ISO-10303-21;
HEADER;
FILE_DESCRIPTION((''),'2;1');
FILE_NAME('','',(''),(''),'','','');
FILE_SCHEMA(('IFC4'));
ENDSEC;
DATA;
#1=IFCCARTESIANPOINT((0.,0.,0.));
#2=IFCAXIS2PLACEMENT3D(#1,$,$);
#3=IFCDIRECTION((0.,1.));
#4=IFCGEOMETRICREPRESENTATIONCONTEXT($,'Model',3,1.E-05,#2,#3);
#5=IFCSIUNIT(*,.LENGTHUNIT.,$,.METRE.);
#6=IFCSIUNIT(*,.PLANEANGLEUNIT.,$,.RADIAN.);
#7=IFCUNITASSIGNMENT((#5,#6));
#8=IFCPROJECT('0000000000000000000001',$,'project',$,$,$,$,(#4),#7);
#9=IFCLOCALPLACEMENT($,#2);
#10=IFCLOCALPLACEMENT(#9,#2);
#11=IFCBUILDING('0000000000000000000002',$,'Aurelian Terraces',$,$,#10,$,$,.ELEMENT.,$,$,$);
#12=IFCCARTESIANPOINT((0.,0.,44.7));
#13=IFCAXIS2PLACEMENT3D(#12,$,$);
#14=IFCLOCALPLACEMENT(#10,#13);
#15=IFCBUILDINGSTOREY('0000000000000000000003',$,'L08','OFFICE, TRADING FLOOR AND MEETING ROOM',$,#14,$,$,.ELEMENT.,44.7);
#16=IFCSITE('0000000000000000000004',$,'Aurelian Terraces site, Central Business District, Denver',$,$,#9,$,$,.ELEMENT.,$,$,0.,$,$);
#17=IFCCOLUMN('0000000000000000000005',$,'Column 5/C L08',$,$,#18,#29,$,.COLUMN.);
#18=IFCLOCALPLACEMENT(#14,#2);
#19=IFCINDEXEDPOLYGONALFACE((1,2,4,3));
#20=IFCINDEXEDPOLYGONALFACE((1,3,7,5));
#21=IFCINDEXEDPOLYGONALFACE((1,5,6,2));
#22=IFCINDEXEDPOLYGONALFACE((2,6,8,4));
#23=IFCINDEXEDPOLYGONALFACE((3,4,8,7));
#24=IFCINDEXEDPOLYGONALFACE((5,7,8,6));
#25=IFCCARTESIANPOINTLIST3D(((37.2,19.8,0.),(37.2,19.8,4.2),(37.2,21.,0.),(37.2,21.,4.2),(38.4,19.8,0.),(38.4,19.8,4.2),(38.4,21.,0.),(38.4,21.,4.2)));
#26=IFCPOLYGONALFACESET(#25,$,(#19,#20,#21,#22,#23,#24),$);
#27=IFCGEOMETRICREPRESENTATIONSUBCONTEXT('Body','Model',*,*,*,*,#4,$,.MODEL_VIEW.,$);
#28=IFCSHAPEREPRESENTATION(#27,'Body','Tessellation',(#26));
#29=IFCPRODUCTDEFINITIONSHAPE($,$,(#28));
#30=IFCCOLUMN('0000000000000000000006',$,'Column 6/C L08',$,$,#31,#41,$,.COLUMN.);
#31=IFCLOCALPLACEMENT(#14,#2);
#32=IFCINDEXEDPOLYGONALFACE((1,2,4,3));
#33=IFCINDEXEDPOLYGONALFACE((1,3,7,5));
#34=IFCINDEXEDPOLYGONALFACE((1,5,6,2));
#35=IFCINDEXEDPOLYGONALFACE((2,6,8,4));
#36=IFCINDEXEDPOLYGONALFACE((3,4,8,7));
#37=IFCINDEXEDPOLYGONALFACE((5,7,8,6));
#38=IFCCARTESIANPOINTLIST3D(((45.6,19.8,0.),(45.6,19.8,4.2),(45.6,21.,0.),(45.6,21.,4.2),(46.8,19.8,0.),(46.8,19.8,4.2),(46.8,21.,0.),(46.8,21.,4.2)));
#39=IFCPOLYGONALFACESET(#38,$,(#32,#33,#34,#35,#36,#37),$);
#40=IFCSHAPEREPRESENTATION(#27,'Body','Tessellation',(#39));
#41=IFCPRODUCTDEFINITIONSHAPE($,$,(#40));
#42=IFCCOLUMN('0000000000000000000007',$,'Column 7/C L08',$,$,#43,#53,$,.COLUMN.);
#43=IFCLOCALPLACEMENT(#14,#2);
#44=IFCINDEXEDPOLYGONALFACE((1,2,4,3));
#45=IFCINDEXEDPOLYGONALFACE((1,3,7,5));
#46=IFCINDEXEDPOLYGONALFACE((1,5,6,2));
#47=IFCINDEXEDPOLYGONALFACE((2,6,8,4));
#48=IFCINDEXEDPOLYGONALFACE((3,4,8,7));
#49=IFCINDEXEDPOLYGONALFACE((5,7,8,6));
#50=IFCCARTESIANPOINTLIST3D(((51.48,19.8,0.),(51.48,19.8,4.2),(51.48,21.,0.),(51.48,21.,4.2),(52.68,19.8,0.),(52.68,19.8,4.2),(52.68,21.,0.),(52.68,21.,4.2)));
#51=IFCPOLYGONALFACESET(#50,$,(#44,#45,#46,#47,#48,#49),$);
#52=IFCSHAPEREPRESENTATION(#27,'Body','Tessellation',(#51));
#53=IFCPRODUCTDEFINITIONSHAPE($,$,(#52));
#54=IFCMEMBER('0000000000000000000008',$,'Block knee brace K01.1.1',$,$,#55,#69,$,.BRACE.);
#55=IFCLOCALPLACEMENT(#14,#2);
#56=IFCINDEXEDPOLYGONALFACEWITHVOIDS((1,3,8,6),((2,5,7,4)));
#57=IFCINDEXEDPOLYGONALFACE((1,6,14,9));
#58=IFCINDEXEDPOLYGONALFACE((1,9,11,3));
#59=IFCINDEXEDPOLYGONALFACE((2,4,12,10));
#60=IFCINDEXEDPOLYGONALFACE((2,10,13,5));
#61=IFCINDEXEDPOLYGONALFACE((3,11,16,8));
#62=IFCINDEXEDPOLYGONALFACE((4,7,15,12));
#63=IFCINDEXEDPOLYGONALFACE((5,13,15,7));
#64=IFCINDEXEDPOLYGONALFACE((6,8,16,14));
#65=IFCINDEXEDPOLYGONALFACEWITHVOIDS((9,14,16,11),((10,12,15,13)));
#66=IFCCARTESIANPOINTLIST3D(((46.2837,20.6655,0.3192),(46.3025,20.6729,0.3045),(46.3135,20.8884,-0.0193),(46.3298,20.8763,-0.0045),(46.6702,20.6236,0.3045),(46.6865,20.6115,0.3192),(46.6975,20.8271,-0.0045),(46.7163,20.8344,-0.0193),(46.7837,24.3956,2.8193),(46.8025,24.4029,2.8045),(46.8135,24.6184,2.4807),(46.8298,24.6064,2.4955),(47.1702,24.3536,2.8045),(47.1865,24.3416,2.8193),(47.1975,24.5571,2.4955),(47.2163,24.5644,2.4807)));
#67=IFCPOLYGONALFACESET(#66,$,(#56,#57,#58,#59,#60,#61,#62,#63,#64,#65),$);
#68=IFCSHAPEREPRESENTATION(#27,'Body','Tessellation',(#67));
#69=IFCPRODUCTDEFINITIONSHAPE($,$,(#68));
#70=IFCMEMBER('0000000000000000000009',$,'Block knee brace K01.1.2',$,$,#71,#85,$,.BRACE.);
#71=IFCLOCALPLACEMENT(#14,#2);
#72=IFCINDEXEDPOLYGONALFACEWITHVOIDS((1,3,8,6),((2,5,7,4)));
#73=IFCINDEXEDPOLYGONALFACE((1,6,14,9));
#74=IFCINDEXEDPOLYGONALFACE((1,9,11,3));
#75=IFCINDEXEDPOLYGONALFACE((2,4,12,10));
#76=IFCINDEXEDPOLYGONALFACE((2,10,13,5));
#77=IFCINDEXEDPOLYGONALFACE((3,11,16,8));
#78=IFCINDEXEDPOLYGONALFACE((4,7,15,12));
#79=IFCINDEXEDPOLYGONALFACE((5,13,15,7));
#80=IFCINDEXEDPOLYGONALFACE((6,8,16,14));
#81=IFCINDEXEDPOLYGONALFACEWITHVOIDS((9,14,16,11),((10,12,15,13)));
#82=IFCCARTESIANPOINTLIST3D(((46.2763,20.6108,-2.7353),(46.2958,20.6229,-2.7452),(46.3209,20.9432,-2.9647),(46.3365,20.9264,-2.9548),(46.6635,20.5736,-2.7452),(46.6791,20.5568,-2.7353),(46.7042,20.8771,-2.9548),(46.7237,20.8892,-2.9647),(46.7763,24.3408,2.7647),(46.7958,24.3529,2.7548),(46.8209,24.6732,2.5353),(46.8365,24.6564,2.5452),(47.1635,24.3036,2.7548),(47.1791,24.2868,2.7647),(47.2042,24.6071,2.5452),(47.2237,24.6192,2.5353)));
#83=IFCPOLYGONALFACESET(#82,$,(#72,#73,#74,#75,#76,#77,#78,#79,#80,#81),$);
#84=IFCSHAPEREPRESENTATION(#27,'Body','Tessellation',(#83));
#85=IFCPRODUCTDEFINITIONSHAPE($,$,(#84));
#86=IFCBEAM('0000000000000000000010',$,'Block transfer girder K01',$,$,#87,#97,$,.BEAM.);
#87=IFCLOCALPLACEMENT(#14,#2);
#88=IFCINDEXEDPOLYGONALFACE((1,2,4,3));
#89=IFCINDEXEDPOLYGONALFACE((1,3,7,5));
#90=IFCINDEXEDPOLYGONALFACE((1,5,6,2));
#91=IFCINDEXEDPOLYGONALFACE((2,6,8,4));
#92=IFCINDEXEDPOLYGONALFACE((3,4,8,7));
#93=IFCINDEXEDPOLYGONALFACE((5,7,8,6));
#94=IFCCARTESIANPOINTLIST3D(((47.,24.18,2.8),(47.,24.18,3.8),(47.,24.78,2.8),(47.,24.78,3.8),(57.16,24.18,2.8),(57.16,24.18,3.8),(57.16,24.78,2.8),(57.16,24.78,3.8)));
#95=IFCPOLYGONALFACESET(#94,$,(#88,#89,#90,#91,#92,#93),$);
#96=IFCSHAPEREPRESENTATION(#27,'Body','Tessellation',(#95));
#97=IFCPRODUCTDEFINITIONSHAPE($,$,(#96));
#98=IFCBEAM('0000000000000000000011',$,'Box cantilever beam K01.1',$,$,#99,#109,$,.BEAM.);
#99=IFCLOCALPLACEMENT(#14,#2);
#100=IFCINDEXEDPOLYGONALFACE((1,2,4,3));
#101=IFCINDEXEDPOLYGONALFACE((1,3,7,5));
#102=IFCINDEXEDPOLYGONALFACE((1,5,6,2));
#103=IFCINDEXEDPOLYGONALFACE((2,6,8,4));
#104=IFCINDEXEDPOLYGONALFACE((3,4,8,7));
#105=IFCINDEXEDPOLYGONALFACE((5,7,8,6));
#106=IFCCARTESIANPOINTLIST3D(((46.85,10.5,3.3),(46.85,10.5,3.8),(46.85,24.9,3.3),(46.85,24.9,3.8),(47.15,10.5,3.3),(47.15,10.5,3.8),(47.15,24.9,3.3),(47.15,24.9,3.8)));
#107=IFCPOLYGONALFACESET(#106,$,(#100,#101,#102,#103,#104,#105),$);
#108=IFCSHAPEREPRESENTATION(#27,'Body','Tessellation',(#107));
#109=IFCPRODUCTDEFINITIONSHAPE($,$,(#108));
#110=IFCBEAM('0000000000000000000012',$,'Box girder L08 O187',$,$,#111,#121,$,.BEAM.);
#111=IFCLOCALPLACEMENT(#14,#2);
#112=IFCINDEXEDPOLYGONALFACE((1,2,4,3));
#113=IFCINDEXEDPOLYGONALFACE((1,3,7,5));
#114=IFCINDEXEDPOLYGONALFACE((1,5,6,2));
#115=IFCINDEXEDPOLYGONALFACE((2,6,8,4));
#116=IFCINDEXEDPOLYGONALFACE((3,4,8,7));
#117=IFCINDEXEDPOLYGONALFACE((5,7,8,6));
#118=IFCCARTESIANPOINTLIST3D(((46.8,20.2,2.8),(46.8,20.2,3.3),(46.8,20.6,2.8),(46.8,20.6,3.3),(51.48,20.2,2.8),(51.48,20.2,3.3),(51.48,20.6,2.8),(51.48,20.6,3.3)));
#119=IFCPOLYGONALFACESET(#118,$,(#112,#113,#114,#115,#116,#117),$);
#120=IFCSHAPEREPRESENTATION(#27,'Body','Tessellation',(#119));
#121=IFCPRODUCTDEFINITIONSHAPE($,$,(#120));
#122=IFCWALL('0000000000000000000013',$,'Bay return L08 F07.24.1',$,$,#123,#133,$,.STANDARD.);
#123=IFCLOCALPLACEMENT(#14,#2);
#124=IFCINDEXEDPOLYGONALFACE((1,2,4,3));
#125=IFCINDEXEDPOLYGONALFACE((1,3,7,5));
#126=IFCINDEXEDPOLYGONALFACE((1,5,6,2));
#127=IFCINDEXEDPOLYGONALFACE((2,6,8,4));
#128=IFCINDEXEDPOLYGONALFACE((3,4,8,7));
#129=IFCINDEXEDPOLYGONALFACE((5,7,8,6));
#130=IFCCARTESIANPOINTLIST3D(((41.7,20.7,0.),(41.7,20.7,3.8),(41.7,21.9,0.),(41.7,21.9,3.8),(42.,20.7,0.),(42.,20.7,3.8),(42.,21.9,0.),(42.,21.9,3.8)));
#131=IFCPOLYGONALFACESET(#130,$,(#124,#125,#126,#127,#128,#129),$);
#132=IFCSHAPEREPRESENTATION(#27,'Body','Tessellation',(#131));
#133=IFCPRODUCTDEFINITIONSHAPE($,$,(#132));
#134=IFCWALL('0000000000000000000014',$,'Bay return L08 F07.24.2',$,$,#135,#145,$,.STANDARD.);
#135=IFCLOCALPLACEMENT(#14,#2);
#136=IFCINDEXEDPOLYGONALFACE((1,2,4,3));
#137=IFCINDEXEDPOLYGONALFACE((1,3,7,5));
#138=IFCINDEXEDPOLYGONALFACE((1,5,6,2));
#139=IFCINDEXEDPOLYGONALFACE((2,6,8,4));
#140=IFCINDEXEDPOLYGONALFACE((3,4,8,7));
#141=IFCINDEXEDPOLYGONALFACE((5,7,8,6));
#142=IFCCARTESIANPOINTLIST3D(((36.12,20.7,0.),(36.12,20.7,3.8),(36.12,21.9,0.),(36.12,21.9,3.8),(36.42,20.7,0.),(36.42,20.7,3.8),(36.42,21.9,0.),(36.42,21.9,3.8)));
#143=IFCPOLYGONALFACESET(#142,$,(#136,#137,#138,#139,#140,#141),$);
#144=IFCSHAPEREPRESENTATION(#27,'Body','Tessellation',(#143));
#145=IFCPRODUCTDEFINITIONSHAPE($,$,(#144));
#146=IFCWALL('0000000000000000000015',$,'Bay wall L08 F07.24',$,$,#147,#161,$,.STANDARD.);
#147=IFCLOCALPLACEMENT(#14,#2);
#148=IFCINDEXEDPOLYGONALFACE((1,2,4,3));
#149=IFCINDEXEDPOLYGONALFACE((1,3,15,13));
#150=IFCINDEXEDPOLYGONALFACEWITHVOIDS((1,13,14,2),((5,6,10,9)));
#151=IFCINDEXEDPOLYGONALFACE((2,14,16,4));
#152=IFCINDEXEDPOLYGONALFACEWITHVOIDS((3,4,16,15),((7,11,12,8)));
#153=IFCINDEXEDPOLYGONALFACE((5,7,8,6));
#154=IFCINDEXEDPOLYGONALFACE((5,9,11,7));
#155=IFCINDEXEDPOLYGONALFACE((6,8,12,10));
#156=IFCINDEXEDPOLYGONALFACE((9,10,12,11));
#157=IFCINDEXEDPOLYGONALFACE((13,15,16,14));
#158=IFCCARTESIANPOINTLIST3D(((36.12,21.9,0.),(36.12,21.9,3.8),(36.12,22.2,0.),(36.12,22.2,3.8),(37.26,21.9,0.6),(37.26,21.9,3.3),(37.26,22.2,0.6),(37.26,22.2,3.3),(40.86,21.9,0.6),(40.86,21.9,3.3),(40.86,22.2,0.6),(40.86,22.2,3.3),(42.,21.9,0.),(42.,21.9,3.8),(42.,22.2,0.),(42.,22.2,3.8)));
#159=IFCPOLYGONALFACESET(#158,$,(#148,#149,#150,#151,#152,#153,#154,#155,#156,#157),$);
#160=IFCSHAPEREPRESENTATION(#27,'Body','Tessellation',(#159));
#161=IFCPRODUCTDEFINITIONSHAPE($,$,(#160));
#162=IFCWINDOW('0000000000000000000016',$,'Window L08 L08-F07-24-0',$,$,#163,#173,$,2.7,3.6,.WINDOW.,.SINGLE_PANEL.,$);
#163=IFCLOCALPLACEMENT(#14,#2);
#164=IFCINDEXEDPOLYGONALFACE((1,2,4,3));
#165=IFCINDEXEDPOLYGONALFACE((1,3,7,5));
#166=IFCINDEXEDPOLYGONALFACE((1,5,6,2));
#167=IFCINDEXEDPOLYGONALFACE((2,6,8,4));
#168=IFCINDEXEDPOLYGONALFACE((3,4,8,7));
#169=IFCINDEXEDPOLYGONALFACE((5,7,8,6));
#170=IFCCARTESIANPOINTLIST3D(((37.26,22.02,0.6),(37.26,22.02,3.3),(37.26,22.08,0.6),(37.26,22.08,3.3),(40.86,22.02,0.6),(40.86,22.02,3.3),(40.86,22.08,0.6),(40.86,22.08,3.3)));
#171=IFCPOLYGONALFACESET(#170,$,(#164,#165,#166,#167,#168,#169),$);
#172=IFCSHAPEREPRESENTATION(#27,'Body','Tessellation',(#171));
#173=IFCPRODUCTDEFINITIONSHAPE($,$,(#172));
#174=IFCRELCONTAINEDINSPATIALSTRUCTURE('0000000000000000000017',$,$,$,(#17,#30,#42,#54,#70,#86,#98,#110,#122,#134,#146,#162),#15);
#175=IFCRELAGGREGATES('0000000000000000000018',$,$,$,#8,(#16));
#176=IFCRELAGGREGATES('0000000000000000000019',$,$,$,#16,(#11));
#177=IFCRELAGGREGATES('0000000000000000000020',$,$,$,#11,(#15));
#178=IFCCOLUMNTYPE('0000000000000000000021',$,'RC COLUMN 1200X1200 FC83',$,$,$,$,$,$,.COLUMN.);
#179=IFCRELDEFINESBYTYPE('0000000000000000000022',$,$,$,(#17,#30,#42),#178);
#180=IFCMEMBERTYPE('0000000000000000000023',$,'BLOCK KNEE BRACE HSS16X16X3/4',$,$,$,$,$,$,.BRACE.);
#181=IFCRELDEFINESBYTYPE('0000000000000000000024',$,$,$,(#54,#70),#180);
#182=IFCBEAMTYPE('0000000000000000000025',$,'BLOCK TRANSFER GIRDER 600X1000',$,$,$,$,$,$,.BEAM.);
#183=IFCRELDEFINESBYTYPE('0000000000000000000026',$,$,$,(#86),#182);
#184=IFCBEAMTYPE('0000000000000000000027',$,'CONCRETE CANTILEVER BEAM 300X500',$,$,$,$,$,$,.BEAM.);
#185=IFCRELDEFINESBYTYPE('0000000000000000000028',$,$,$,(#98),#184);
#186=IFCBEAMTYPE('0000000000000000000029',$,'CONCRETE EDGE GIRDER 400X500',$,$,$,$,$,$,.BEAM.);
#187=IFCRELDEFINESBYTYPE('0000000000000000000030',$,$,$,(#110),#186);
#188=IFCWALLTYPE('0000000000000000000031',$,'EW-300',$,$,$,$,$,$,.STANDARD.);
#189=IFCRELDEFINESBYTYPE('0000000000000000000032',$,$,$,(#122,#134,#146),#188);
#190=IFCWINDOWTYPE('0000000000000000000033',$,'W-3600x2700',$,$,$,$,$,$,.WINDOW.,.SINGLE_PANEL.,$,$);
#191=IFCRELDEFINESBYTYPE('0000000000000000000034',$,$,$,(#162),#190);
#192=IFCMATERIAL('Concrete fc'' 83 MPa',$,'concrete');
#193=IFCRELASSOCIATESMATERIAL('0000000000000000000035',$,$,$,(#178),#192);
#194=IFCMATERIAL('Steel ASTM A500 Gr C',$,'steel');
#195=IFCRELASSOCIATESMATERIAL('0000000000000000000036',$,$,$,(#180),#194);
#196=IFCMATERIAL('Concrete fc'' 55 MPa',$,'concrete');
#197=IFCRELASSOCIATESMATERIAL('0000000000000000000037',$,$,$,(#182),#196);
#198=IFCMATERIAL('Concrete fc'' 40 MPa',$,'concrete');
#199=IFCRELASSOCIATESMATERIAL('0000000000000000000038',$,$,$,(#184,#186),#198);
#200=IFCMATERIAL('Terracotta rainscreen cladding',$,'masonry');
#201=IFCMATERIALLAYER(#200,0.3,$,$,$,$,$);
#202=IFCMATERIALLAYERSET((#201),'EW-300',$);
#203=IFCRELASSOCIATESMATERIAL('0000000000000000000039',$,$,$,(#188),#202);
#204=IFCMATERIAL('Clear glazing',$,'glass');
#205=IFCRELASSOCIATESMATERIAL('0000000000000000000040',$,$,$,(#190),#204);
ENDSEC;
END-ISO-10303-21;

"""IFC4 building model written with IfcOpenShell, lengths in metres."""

from ifc_helpers import new_model, si_unit, direction, frame, frame_2d, origin, origin_2d, place, context, subcontext, project, spatial, rectangle, hollow_rectangle, extrude, source, transform, mapped, material, layer, layer_set, material_profile, profile_set, type_object, element, fill, save


model = new_model("IFC4")

# Units and contexts
model_context = context("Model", 3, precision=1e-05, world=origin(), true_north=direction((0.0, 1.0)))
body_context = subcontext(model_context, "Body", "Model", "MODEL_VIEW")
ifc_project = project(units=[si_unit("LENGTHUNIT", "METRE"), si_unit("PLANEANGLEUNIT", "RADIAN")], contexts=[model_context])

# Site, building, storey
site_placement = place(None, origin())
site = spatial("IfcSite", under=ifc_project, at=site_placement, Name="Aurelian Terraces site, Central Business District, Denver", CompositionType="ELEMENT", RefElevation=0.0)
building_placement = place(site_placement, origin())
building = spatial("IfcBuilding", under=site, at=building_placement, Name="Aurelian Terraces", CompositionType="ELEMENT")
storey_placement = place(building_placement, frame((0.0, 0.0, 44.7)))
storey = spatial("IfcBuildingStorey", under=building, at=storey_placement, Name="L08", Description="OFFICE, TRADING FLOOR AND MEETING ROOM", CompositionType="ELEMENT", Elevation=44.7)

# Columns
ifc_material_1 = material(Name="Concrete fc' 83 MPa", Category="concrete")
ifc_material_profile_1 = material_profile(ifc_material_1, rectangle(XDim=1.2, YDim=1.2, at=origin_2d()))
ifc_profile_set_1 = profile_set([ifc_material_profile_1], Name="Concrete fc' 83 MPa")
column_type = type_object("IfcColumnType", Name="RC COLUMN 1200X1200 FC83", PredefinedType="COLUMN", material=ifc_profile_set_1)
shared_shape_1 = source(origin(), body_context, "Body", "SweptSolid", [
    extrude(rectangle(XDim=1.2, YDim=1.2, at=origin_2d()), origin(), (0.0, 0.0, 1.0), 4.2),
])
for number, where, z_axis, x_axis, name in (
    (1, (37.8, 20.4, 0.0), (0.0, 0.0, 1.0), (1.0, 0.0, 0.0), "Column 5/C L08"),
    (2, (46.2, 20.4, 0.0), (0.0, 0.0, 1.0), (1.0, 0.0, 0.0), "Column 6/C L08"),
    (3, (52.08, 20.4, 0.0), (0.0, 0.0, 1.0), (1.0, 0.0, 0.0), "Column 7/C L08"),
):
    element("IfcColumn", number, at=place(storey_placement, frame(where, z_axis=z_axis, x_axis=x_axis)), inside=storey, type_object=column_type, Name=name, PredefinedType="COLUMN", context=body_context, shape_type="MappedRepresentation", body=[
        mapped(shared_shape_1, transform((0.0, 0.0, 0.0), scale=1.0)),
    ])

# Members
ifc_material_2 = material(Name="Steel ASTM A500 Gr C", Category="steel")
ifc_material_profile_2 = material_profile(ifc_material_2, hollow_rectangle(XDim=0.4064, YDim=0.4064, WallThickness=0.0177, at=origin_2d()))
ifc_profile_set_2 = profile_set([ifc_material_profile_2], Name="Steel ASTM A500 Gr C")
member_type = type_object("IfcMemberType", Name="BLOCK KNEE BRACE HSS16X16X3/4", PredefinedType="BRACE", material=ifc_profile_set_2)
member_1_placement = place(storey_placement, frame((47.0, 24.48, 2.65), z_axis=(-0.110667, -0.825575, -0.553334), x_axis=(0.991135, -0.13286, 0.0)))
element("IfcMember", 4, at=member_1_placement, inside=storey, type_object=member_type, Name="Block knee brace K01.1.1", PredefinedType="BRACE", context=body_context, shape_type="SweptSolid", body=[
    extrude(hollow_rectangle(XDim=0.4064, YDim=0.4064, WallThickness=0.0177, at=origin_2d()), origin(), (0.0, 0.0, 1.0), 4.5181),
])
member_2_placement = place(storey_placement, frame((47.0, 24.48, 2.65), z_axis=(-0.075027, -0.559699, -0.825293), x_axis=(0.991135, -0.13286, 0.0)))
element("IfcMember", 5, at=member_2_placement, inside=storey, type_object=member_type, Name="Block knee brace K01.1.2", PredefinedType="BRACE", context=body_context, shape_type="SweptSolid", body=[
    extrude(hollow_rectangle(XDim=0.4064, YDim=0.4064, WallThickness=0.0177, at=origin_2d()), origin(), (0.0, 0.0, 1.0), 6.6643),
])

# Beams
ifc_material_3 = material(Name="Concrete fc' 55 MPa", Category="concrete")
ifc_material_profile_3 = material_profile(ifc_material_3, rectangle(XDim=0.6, YDim=1.0, at=origin_2d()))
ifc_profile_set_3 = profile_set([ifc_material_profile_3], Name="Concrete fc' 55 MPa")
beam_type_1 = type_object("IfcBeamType", Name="BLOCK TRANSFER GIRDER 600X1000", PredefinedType="BEAM", material=ifc_profile_set_3)
beam_1_placement = place(storey_placement, frame((47.0, 24.48, 3.3), z_axis=(1.0, 0.0, 0.0), x_axis=(0.0, 1.0, 0.0)))
element("IfcBeam", 6, at=beam_1_placement, inside=storey, type_object=beam_type_1, Name="Block transfer girder K01", PredefinedType="BEAM", context=body_context, shape_type="SweptSolid", body=[
    extrude(rectangle(XDim=0.6, YDim=1.0, at=origin_2d()), origin(), (0.0, 0.0, 1.0), 10.16),
])
ifc_material_4 = material(Name="Concrete fc' 40 MPa", Category="concrete")
ifc_material_profile_4 = material_profile(ifc_material_4, rectangle(XDim=0.3, YDim=0.5, at=origin_2d()))
ifc_profile_set_4 = profile_set([ifc_material_profile_4], Name="Concrete fc' 40 MPa")
beam_type_2 = type_object("IfcBeamType", Name="CONCRETE CANTILEVER BEAM 300X500", PredefinedType="BEAM", material=ifc_profile_set_4)
beam_2_placement = place(storey_placement, frame((47.0, 24.9, 3.55), z_axis=(0.0, -1.0, 0.0), x_axis=(1.0, 0.0, 0.0)))
element("IfcBeam", 7, at=beam_2_placement, inside=storey, type_object=beam_type_2, Name="Box cantilever beam K01.1", PredefinedType="BEAM", context=body_context, shape_type="SweptSolid", body=[
    extrude(rectangle(XDim=0.3, YDim=0.5, at=origin_2d()), origin(), (0.0, 0.0, 1.0), 14.4),
])
ifc_material_profile_5 = material_profile(ifc_material_4, rectangle(XDim=0.4, YDim=0.5, at=origin_2d()))
ifc_profile_set_5 = profile_set([ifc_material_profile_5], Name="Concrete fc' 40 MPa")
beam_type_3 = type_object("IfcBeamType", Name="CONCRETE EDGE GIRDER 400X500", PredefinedType="BEAM", material=ifc_profile_set_5)
shared_shape_2 = source(origin(), body_context, "Body", "SweptSolid", [
    extrude(rectangle(XDim=0.4, YDim=0.5, at=origin_2d()), origin(), (0.0, 0.0, 1.0), 4.68),
])
beam_3_placement = place(storey_placement, frame((46.8, 20.4, 3.05), z_axis=(1.0, 0.0, 0.0), x_axis=(0.0, 1.0, 0.0)))
element("IfcBeam", 8, at=beam_3_placement, inside=storey, type_object=beam_type_3, Name="Box girder L08 O187", PredefinedType="BEAM", context=body_context, shape_type="MappedRepresentation", body=[
    mapped(shared_shape_2, transform((0.0, 0.0, 0.0), scale=1.0)),
])

# Walls
ifc_material_5 = material(Name="Terracotta rainscreen cladding", Category="masonry")
ifc_layer_1 = layer(ifc_material_5, 0.3)
ifc_layer_set_1 = layer_set([ifc_layer_1], Name="EW-300")
wall_type_1 = type_object("IfcWallType", Name="EW-300", PredefinedType="STANDARD", material=ifc_layer_set_1)
shared_shape_3 = source(origin(), body_context, "Body", "SweptSolid", [
    extrude(rectangle(XDim=1.2, YDim=0.3, at=frame_2d((0.6, 0.0))), origin(), (0.0, 0.0, 1.0), 3.8),
])
for number, where, z_axis, x_axis, name in (
    (9, (41.85, 20.7, 0.0), (0.0, 0.0, 1.0), (0.0, 1.0, 0.0), "Bay return L08 F07.24.1"),
    (10, (36.27, 20.7, 0.0), (0.0, 0.0, 1.0), (0.0, 1.0, 0.0), "Bay return L08 F07.24.2"),
):
    element("IfcWall", number, at=place(storey_placement, frame(where, z_axis=z_axis, x_axis=x_axis)), inside=storey, type_object=wall_type_1, Name=name, PredefinedType="STANDARD", context=body_context, shape_type="MappedRepresentation", body=[
        mapped(shared_shape_3, transform((0.0, 0.0, 0.0), scale=1.0)),
    ])

# Wall, opening, window
shared_shape_4 = source(origin(), body_context, "Body", "SweptSolid", [
    extrude(rectangle(XDim=5.88, YDim=0.3, at=frame_2d((2.94, 0.0))), origin(), (0.0, 0.0, 1.0), 3.8),
])
wall_1_placement = place(storey_placement, frame((42.0, 22.05, 0.0), z_axis=(0.0, 0.0, 1.0), x_axis=(-1.0, 0.0, 0.0)))
wall_1 = element("IfcWall", 11, at=wall_1_placement, inside=storey, type_object=wall_type_1, Name="Bay wall L08 F07.24", PredefinedType="STANDARD", context=body_context, shape_type="MappedRepresentation", body=[
    mapped(shared_shape_4, transform((0.0, 0.0, 0.0), scale=1.0)),
])
shared_shape_5 = source(origin(), body_context, "Body", "SweptSolid", [
    extrude(rectangle(XDim=3.6, YDim=2.7, at=frame_2d((1.8, 1.35))), frame((0.0, 0.16, 0.0), z_axis=(0.0, -1.0, 0.0), x_axis=(1.0, 0.0, 0.0)), (0.0, 0.0, 1.0), 0.32),
])
opening_1_placement = place(wall_1_placement, frame((1.14, 0.0, 0.6)))
opening_1 = element("IfcOpeningElement", 12, at=opening_1_placement, cuts=wall_1, PredefinedType="OPENING", context=body_context, shape_type="MappedRepresentation", body=[
    mapped(shared_shape_5, transform((0.0, 0.0, 0.0), scale=1.0)),
])
ifc_material_6 = material(Name="Clear glazing", Category="glass")
window_type_1 = type_object("IfcWindowType", Name="W-3600x2700", PartitioningType="SINGLE_PANEL", PredefinedType="WINDOW", material=ifc_material_6)
shared_shape_6 = source(origin(), body_context, "Body", "SweptSolid", [
    extrude(rectangle(XDim=3.6, YDim=2.7, at=frame_2d((1.8, 1.35))), frame((0.0, 0.03, 0.0), z_axis=(0.0, -1.0, 0.0), x_axis=(1.0, 0.0, 0.0)), (0.0, 0.0, 1.0), 0.06),
])
window_1_placement = place(opening_1_placement, origin())
window_1 = element("IfcWindow", 13, at=window_1_placement, inside=storey, type_object=window_type_1, Name="Window L08 L08-F07-24-0", OverallHeight=2.7, OverallWidth=3.6, PartitioningType="SINGLE_PANEL", PredefinedType="WINDOW", context=body_context, shape_type="MappedRepresentation", body=[
    mapped(shared_shape_6, transform((0.0, 0.0, 0.0), scale=1.0)),
])
fill(opening_1, window_1)

save(model, "model.ifc")
